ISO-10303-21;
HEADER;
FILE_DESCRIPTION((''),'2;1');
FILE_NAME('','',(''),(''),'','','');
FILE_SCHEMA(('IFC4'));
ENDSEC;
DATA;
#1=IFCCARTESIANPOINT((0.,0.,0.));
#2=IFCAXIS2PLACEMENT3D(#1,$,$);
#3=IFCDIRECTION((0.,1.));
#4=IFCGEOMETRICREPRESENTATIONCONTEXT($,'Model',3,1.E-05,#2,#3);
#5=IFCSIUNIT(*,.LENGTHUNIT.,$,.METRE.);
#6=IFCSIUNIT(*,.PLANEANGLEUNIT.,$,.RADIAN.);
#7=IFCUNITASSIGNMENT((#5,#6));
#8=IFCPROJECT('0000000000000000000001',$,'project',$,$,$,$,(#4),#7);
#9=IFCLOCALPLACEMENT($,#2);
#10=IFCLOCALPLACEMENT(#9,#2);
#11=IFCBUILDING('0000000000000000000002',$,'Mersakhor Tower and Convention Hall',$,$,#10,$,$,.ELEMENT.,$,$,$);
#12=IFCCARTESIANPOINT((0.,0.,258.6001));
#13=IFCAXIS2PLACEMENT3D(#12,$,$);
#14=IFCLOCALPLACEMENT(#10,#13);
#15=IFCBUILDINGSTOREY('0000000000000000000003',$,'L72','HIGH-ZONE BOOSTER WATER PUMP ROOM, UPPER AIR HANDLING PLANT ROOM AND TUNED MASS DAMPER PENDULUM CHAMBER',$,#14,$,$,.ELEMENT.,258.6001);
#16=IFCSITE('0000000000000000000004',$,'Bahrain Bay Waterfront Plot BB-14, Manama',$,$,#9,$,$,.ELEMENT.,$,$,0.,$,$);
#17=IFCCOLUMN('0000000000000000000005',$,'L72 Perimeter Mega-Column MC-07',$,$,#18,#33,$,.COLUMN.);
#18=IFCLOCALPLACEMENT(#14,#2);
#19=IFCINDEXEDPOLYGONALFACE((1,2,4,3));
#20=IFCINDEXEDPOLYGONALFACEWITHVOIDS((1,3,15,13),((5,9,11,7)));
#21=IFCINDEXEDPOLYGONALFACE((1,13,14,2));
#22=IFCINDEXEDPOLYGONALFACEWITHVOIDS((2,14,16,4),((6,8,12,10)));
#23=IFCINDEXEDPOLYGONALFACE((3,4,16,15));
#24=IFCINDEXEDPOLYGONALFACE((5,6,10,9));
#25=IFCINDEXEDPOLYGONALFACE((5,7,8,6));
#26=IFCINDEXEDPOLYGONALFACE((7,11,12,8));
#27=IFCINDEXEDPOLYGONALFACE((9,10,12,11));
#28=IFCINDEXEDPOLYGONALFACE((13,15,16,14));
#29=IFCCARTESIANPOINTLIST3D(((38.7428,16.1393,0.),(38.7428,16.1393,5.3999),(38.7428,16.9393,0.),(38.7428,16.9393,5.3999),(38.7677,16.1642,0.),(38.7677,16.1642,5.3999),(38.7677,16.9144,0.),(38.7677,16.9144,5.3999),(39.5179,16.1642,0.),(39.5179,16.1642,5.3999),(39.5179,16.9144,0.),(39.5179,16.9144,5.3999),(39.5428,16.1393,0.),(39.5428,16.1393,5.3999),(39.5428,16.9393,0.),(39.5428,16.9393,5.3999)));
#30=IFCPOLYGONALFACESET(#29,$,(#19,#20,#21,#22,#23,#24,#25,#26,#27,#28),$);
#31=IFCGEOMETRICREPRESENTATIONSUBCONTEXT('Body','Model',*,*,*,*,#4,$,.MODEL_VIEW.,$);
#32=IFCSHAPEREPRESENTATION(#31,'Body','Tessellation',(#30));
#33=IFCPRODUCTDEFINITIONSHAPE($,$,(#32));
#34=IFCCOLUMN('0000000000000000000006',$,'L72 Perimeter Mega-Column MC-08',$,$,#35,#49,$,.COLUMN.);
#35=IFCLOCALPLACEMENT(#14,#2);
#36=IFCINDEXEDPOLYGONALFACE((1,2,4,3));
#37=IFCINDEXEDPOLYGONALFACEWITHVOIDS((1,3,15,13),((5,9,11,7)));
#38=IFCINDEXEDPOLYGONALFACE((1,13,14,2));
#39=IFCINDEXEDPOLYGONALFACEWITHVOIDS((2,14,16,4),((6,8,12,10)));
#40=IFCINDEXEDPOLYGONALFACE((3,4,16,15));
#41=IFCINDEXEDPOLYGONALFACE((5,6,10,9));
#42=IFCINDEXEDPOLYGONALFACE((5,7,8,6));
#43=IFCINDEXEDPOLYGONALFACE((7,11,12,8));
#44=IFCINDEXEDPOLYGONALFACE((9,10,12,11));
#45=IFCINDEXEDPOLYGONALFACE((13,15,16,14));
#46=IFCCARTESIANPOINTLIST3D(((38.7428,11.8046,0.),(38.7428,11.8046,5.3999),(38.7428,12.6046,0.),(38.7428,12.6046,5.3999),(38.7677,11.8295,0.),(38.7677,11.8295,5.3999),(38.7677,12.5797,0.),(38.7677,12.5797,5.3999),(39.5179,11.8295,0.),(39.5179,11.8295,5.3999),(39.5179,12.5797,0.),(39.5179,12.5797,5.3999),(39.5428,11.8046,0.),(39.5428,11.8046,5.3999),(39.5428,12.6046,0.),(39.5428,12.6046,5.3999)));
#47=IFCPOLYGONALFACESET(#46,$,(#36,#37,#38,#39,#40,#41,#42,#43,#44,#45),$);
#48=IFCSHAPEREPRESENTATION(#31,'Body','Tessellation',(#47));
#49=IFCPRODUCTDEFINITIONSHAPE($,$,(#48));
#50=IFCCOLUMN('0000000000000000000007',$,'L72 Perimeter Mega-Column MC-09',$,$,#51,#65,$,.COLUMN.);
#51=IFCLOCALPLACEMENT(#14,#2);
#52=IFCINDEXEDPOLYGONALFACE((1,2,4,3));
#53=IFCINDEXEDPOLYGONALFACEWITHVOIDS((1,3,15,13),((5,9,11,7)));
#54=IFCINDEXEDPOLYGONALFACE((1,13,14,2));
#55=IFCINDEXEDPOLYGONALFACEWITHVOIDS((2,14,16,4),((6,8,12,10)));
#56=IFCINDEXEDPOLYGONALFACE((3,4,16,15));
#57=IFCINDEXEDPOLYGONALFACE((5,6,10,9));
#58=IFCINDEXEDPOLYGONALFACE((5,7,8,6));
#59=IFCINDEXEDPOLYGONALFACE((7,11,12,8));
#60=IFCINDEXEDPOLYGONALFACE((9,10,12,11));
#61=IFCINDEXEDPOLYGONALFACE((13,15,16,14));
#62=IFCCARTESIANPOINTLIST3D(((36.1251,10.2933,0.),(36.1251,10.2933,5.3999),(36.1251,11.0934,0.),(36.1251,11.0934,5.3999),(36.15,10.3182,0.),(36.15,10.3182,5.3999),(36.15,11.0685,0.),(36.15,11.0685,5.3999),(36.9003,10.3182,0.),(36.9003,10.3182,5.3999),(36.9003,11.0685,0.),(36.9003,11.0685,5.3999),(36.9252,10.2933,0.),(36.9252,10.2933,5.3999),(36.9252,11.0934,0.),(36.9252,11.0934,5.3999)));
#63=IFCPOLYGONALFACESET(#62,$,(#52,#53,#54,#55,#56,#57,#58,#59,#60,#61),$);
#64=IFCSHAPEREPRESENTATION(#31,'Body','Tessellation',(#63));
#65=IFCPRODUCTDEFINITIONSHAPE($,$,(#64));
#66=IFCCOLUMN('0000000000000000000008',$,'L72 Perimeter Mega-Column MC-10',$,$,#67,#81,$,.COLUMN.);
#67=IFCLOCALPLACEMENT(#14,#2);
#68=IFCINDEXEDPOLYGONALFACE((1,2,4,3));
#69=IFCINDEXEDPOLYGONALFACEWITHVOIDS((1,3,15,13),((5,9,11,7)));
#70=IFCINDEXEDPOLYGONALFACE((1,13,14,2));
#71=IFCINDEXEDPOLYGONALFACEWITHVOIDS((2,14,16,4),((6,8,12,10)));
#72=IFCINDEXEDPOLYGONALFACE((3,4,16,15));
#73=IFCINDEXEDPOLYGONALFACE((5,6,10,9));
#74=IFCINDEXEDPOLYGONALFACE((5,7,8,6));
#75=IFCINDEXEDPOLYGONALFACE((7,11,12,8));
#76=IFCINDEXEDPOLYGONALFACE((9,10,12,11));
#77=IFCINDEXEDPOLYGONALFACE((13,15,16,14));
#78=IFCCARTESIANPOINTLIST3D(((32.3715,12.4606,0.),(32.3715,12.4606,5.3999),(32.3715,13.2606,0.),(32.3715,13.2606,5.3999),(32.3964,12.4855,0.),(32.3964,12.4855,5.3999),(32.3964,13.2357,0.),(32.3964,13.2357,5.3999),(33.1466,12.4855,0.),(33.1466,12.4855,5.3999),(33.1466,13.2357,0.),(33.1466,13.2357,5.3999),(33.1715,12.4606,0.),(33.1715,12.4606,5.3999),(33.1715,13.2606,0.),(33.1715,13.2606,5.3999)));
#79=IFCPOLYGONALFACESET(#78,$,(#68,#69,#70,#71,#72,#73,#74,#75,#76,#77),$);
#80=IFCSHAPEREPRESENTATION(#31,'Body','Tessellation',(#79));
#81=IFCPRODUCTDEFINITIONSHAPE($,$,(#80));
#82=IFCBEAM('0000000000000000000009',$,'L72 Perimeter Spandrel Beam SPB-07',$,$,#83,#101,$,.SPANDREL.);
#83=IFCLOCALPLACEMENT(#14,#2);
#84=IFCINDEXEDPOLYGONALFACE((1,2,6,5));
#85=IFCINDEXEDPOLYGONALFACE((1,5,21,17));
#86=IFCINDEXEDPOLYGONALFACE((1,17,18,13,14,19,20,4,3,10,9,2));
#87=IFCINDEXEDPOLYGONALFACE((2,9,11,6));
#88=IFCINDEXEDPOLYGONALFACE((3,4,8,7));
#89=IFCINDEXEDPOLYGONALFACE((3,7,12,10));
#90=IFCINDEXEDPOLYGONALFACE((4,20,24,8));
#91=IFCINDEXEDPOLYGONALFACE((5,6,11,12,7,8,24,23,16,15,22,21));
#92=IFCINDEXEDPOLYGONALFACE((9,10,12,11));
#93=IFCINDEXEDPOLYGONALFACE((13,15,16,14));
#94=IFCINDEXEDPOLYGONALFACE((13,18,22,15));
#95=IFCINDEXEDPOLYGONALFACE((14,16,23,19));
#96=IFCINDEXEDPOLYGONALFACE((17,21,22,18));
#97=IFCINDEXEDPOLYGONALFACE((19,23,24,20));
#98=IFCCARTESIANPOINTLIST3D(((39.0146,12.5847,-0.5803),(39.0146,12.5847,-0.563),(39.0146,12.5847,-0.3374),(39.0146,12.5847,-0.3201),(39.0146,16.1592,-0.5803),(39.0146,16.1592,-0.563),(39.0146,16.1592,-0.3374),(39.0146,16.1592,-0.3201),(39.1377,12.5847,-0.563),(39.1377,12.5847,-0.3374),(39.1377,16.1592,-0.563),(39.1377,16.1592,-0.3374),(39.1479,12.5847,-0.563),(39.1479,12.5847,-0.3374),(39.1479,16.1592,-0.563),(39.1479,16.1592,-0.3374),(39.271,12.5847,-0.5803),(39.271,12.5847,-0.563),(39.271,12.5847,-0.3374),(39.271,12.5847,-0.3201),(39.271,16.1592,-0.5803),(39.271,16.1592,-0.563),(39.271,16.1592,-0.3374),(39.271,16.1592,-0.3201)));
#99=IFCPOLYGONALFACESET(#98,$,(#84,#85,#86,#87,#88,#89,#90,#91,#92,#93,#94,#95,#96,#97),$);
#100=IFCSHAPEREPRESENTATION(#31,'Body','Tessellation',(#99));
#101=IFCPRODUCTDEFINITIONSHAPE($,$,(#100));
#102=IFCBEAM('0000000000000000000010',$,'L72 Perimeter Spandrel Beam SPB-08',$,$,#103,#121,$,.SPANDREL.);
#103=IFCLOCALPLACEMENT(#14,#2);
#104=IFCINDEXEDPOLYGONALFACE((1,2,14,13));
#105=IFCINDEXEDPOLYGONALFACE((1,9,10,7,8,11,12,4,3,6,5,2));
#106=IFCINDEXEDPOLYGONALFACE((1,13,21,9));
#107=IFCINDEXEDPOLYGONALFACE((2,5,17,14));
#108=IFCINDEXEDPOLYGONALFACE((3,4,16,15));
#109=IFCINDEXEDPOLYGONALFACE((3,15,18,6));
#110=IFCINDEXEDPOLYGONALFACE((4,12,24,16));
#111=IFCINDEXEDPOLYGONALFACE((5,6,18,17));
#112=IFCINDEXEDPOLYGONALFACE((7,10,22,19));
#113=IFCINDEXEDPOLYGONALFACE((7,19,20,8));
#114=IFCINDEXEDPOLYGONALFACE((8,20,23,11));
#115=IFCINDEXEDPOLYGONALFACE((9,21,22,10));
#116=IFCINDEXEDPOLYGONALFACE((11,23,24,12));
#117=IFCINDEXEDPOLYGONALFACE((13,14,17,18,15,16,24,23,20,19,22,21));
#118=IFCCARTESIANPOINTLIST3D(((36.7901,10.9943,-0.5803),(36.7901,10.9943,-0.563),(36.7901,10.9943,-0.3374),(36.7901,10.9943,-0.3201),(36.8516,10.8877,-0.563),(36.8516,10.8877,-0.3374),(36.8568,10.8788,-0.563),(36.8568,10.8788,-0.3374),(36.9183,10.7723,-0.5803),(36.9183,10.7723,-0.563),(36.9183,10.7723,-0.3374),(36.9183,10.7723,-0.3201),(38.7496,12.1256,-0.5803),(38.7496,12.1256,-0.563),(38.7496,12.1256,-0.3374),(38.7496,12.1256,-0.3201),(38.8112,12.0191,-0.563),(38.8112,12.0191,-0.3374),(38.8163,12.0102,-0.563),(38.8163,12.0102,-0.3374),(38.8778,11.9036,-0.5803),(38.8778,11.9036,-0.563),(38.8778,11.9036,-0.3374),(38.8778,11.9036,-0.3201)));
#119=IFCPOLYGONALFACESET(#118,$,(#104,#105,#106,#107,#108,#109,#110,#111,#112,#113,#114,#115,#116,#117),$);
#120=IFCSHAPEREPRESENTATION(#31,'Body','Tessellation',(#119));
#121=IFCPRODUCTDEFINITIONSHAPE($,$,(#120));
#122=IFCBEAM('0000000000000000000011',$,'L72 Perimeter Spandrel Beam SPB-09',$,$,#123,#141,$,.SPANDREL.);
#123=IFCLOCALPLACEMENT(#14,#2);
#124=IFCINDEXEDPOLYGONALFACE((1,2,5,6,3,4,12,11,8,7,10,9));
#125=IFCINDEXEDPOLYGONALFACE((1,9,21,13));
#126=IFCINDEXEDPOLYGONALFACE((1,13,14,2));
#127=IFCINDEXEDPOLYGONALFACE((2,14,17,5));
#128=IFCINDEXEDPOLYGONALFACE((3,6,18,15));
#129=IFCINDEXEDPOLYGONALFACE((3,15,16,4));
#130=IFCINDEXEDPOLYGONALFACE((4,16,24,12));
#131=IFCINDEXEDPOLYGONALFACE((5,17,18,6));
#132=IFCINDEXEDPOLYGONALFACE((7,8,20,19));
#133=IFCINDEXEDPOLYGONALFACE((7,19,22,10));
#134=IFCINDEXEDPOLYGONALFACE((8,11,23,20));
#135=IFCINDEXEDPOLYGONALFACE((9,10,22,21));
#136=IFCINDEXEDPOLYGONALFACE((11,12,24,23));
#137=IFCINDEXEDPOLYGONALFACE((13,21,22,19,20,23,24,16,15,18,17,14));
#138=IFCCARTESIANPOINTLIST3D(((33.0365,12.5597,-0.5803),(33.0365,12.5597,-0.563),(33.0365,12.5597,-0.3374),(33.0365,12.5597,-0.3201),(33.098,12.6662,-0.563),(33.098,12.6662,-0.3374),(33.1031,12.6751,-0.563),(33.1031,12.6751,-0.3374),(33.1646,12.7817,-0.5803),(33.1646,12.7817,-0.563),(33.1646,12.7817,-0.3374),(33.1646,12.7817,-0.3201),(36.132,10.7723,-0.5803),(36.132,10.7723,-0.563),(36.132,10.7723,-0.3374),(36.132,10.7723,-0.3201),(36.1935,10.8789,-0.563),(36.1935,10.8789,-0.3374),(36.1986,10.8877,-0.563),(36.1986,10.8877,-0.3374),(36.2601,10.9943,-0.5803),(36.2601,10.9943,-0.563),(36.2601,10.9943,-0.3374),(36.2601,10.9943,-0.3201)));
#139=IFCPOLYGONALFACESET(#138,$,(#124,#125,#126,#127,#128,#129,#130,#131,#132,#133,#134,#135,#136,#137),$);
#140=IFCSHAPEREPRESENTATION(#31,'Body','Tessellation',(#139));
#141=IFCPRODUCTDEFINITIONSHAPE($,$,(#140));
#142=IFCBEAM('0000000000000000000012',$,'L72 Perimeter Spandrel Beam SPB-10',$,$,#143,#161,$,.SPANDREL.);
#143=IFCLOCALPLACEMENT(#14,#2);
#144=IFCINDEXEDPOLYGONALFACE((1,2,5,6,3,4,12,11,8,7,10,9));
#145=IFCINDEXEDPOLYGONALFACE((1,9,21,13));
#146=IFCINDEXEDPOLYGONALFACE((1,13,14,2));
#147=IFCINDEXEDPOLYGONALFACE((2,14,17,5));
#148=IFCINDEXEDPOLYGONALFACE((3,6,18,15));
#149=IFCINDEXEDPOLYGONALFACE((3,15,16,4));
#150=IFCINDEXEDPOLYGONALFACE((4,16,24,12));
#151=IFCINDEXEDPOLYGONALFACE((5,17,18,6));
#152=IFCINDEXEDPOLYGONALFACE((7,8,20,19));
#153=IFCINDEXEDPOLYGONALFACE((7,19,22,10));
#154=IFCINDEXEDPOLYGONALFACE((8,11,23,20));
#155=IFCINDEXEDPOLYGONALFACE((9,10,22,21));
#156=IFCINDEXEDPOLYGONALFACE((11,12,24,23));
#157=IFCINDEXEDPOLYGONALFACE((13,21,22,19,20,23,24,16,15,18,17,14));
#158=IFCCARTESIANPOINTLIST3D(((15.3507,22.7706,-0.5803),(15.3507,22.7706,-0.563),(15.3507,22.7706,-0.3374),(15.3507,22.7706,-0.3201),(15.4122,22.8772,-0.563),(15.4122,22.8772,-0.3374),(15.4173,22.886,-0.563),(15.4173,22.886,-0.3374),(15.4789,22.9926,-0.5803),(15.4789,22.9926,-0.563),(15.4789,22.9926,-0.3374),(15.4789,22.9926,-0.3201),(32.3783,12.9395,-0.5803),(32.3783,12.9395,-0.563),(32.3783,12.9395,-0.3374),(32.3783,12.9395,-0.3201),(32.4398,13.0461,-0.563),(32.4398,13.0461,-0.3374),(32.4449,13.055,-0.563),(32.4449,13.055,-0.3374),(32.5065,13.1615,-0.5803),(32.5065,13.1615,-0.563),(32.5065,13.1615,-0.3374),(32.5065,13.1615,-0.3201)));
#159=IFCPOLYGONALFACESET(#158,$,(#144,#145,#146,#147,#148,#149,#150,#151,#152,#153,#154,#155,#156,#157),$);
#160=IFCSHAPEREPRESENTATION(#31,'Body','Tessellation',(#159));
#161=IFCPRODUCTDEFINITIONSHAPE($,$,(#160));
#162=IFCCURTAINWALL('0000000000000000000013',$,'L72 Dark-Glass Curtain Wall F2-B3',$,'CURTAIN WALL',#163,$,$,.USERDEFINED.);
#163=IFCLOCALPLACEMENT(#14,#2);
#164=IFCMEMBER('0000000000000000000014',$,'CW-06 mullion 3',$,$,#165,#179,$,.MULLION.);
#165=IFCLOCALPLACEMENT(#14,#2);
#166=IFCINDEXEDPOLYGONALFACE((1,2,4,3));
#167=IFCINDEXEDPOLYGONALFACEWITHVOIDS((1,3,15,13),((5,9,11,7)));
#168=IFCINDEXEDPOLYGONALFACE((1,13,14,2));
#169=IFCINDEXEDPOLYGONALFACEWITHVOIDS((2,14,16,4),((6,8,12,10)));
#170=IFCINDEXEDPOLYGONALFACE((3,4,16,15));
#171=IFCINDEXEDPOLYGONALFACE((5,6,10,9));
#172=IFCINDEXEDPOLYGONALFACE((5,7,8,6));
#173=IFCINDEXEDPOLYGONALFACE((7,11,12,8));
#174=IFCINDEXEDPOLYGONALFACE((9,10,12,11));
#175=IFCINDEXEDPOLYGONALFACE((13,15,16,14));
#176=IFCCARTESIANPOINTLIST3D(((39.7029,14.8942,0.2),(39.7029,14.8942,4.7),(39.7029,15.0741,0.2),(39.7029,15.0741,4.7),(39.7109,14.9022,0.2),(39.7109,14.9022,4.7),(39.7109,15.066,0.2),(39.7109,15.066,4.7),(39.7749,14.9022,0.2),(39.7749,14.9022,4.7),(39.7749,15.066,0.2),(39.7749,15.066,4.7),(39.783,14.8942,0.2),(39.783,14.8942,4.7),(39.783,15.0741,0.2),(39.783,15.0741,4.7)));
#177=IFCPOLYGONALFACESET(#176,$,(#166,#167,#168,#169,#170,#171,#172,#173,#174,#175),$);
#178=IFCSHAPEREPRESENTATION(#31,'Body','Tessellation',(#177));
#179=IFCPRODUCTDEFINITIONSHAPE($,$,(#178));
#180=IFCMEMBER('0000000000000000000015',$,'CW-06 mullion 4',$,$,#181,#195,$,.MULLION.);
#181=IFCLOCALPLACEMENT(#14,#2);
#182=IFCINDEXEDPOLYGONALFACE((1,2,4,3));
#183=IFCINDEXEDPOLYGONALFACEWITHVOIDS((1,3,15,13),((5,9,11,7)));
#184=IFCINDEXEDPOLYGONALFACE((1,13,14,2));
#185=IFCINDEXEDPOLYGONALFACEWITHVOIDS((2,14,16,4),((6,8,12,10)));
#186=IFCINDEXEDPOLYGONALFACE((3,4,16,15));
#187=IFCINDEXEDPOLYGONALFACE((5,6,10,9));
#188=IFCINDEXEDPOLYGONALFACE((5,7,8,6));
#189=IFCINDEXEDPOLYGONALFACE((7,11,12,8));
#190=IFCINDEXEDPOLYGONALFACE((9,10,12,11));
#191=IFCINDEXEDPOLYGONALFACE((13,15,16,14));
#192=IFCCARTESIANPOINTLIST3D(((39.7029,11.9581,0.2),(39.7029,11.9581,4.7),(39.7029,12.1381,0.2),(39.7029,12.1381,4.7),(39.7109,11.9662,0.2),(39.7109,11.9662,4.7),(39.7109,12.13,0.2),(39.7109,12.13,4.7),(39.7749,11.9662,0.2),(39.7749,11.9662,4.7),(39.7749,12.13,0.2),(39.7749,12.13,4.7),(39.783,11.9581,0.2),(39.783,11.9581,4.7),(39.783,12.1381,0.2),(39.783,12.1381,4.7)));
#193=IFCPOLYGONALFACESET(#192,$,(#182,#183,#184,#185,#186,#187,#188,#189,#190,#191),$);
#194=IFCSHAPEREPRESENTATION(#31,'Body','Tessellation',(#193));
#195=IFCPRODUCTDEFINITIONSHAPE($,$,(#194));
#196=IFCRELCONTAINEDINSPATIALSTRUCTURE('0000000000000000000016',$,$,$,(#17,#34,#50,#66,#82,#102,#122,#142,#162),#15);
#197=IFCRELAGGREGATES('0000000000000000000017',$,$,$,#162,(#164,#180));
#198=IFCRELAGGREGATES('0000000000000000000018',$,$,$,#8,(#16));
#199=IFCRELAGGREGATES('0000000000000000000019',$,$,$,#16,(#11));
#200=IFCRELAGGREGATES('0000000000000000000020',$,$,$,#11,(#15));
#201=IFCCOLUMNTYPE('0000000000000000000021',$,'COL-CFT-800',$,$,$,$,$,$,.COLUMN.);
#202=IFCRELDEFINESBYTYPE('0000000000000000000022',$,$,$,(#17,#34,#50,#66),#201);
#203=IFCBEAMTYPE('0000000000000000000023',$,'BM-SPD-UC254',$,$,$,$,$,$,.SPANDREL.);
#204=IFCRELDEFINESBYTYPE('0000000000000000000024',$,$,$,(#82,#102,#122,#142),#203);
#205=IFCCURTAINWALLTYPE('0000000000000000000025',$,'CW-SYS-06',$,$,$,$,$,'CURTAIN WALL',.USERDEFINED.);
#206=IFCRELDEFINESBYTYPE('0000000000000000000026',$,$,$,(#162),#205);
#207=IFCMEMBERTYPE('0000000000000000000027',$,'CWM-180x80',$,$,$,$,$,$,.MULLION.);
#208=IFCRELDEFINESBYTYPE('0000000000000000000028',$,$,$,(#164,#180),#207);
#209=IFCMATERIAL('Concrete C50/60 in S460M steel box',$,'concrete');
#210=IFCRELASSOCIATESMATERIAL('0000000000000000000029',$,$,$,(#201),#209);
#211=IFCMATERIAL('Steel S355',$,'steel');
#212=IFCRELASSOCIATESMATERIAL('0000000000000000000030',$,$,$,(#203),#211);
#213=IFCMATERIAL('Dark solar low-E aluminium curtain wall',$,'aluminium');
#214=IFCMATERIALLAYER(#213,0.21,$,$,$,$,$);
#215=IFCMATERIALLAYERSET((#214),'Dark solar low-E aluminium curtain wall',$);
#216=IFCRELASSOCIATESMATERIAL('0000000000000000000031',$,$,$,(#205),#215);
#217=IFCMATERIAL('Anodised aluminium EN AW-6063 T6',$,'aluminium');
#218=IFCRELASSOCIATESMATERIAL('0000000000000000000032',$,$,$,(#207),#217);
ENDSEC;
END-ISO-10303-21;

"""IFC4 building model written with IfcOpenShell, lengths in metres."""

from ifc_helpers import new_model, si_unit, direction, frame, origin, origin_2d, place, context, subcontext, project, spatial, hollow_rectangle, i_section, extrude, material, layer, layer_set, material_profile, profile_set, type_object, element, aggregate, save


model = new_model("IFC4")

# Units and contexts
model_context = context("Model", 3, precision=1e-05, world=origin(), true_north=direction((0.0, 1.0)))
body_context = subcontext(model_context, "Body", "Model", "MODEL_VIEW")
ifc_project = project(units=[si_unit("LENGTHUNIT", "METRE"), si_unit("PLANEANGLEUNIT", "RADIAN")], contexts=[model_context])

# Site, building, storey
site_placement = place(None, origin())
site = spatial("IfcSite", under=ifc_project, at=site_placement, Name="Bahrain Bay Waterfront Plot BB-14, Manama", CompositionType="ELEMENT", RefElevation=0.0)
building_placement = place(site_placement, origin())
building = spatial("IfcBuilding", under=site, at=building_placement, Name="Mersakhor Tower and Convention Hall", CompositionType="ELEMENT")
storey_placement = place(building_placement, frame((0.0, 0.0, 258.6001)))
storey = spatial("IfcBuildingStorey", under=building, at=storey_placement, Name="L72", Description="HIGH-ZONE BOOSTER WATER PUMP ROOM, UPPER AIR HANDLING PLANT ROOM AND TUNED MASS DAMPER PENDULUM CHAMBER", CompositionType="ELEMENT", Elevation=258.6001)

# Columns
ifc_material_1 = material(Name="Concrete C50/60 in S460M steel box", Category="concrete")
ifc_material_profile_1 = material_profile(ifc_material_1, hollow_rectangle(XDim=0.8, YDim=0.8, WallThickness=0.0249, at=origin_2d()), Name="SHS 800x800x25")
ifc_profile_set_1 = profile_set([ifc_material_profile_1], Name="Concrete C50/60 in S460M steel box")
column_type = type_object("IfcColumnType", Name="COL-CFT-800", PredefinedType="COLUMN", material=ifc_profile_set_1)
for number, where, z_axis, x_axis, name in (
    (1, (39.1428, 16.5393, 0.0), (0.0, 0.0, 1.0), (1.0, 0.0, 0.0), "L72 Perimeter Mega-Column MC-07"),
    (2, (39.1428, 12.2046, 0.0), (0.0, 0.0, 1.0), (1.0, 0.0, 0.0), "L72 Perimeter Mega-Column MC-08"),
    (3, (36.5251, 10.6934, 0.0), (0.0, 0.0, 1.0), (1.0, 0.0, 0.0), "L72 Perimeter Mega-Column MC-09"),
    (4, (32.7715, 12.8606, 0.0), (0.0, 0.0, 1.0), (1.0, 0.0, 0.0), "L72 Perimeter Mega-Column MC-10"),
):
    element("IfcColumn", number, at=place(storey_placement, frame(where, z_axis=z_axis, x_axis=x_axis)), inside=storey, type_object=column_type, Name=name, PredefinedType="COLUMN", context=body_context, shape_type="SweptSolid", body=[
        extrude(hollow_rectangle(XDim=0.8, YDim=0.8, WallThickness=0.0249, at=origin_2d()), origin(), (0.0, 0.0, 1.0), 5.3999),
    ])

# Beams
ifc_material_2 = material(Name="Steel S355", Category="steel")
ifc_material_profile_2 = material_profile(ifc_material_2, i_section(OverallWidth=0.2563, OverallDepth=0.2603, WebThickness=0.0103, FlangeThickness=0.0173, at=origin_2d()), Name="UC 254x254x89")
ifc_profile_set_2 = profile_set([ifc_material_profile_2], Name="Steel S355")
beam_type = type_object("IfcBeamType", Name="BM-SPD-UC254", PredefinedType="SPANDREL", material=ifc_profile_set_2)
beam_1_placement = place(storey_placement, frame((39.1428, 16.1592, -0.4502), z_axis=(0.0, -1.0, 0.0), x_axis=(1.0, 0.0, 0.0)))
element("IfcBeam", 5, at=beam_1_placement, inside=storey, type_object=beam_type, Name="L72 Perimeter Spandrel Beam SPB-07", PredefinedType="SPANDREL", context=body_context, shape_type="SweptSolid", body=[
    extrude(i_section(OverallWidth=0.2563, OverallDepth=0.2603, WebThickness=0.0103, FlangeThickness=0.0173, at=origin_2d()), origin(), (0.0, 0.0, 1.0), 3.5745),
])
beam_2_placement = place(storey_placement, frame((38.8137, 12.0146, -0.4502), z_axis=(-0.866017, -0.500015, 0.0), x_axis=(0.500015, -0.866017, 0.0)))
element("IfcBeam", 6, at=beam_2_placement, inside=storey, type_object=beam_type, Name="L72 Perimeter Spandrel Beam SPB-08", PredefinedType="SPANDREL", context=body_context, shape_type="SweptSolid", body=[
    extrude(i_section(OverallWidth=0.2563, OverallDepth=0.2603, WebThickness=0.0103, FlangeThickness=0.0173, at=origin_2d()), origin(), (0.0, 0.0, 1.0), 2.2627),
])
beam_3_placement = place(storey_placement, frame((36.196, 10.8833, -0.4502), z_axis=(-0.866002, 0.50004, 0.0), x_axis=(-0.50004, -0.866002, 0.0)))
element("IfcBeam", 7, at=beam_3_placement, inside=storey, type_object=beam_type, Name="L72 Perimeter Spandrel Beam SPB-09", PredefinedType="SPANDREL", context=body_context, shape_type="SweptSolid", body=[
    extrude(i_section(OverallWidth=0.2563, OverallDepth=0.2603, WebThickness=0.0103, FlangeThickness=0.0173, at=origin_2d()), origin(), (0.0, 0.0, 1.0), 3.5745),
])
beam_4_placement = place(storey_placement, frame((32.4424, 13.0505, -0.4502), z_axis=(-0.866022, 0.500007, 0.0), x_axis=(-0.500007, -0.866022, 0.0)))
element("IfcBeam", 8, at=beam_4_placement, inside=storey, type_object=beam_type, Name="L72 Perimeter Spandrel Beam SPB-10", PredefinedType="SPANDREL", context=body_context, shape_type="SweptSolid", body=[
    extrude(i_section(OverallWidth=0.2563, OverallDepth=0.2603, WebThickness=0.0103, FlangeThickness=0.0173, at=origin_2d()), origin(), (0.0, 0.0, 1.0), 19.6619),
])

# Curtain wall, members
ifc_material_3 = material(Name="Dark solar low-E aluminium curtain wall", Category="aluminium")
ifc_layer_1 = layer(ifc_material_3, 0.21)
ifc_layer_set_1 = layer_set([ifc_layer_1], Name="Dark solar low-E aluminium curtain wall")
curtain_wall_type = type_object("IfcCurtainWallType", Name="CW-SYS-06", ElementType="CURTAIN WALL", PredefinedType="USERDEFINED", material=ifc_layer_set_1)
curtain_wall_1_placement = place(storey_placement, origin())
curtain_wall_1 = element("IfcCurtainWall", 9, at=curtain_wall_1_placement, inside=storey, type_object=curtain_wall_type, Name="L72 Dark-Glass Curtain Wall F2-B3", ObjectType="CURTAIN WALL", PredefinedType="USERDEFINED")
ifc_material_4 = material(Name="Anodised aluminium EN AW-6063 T6", Category="aluminium")
ifc_material_profile_3 = material_profile(ifc_material_4, hollow_rectangle(XDim=0.0801, YDim=0.1799, WallThickness=0.0081, at=origin_2d()), Name="RHS 180x80x8")
ifc_profile_set_3 = profile_set([ifc_material_profile_3], Name="Anodised aluminium EN AW-6063 T6")
member_type_1 = type_object("IfcMemberType", Name="CWM-180x80", PredefinedType="MULLION", material=ifc_profile_set_3)
member_1_placement = place(storey_placement, frame((39.7429, 14.9841, 0.2), z_axis=(0.0, 0.0, 1.0), x_axis=(1.0, 0.0, 0.0)))
member_1 = element("IfcMember", 10, at=member_1_placement, type_object=member_type_1, Name="CW-06 mullion 3", PredefinedType="MULLION", context=body_context, shape_type="SweptSolid", body=[
    extrude(hollow_rectangle(XDim=0.0801, YDim=0.1799, WallThickness=0.0081, at=origin_2d()), origin(), (0.0, 0.0, 1.0), 4.5),
])
member_2_placement = place(storey_placement, frame((39.7429, 12.0481, 0.2), z_axis=(0.0, 0.0, 1.0), x_axis=(1.0, 0.0, 0.0)))
member_2 = element("IfcMember", 11, at=member_2_placement, type_object=member_type_1, Name="CW-06 mullion 4", PredefinedType="MULLION", context=body_context, shape_type="SweptSolid", body=[
    extrude(hollow_rectangle(XDim=0.0801, YDim=0.1799, WallThickness=0.0081, at=origin_2d()), origin(), (0.0, 0.0, 1.0), 4.5),
])

aggregate(curtain_wall_1, [member_1, member_2])

save(model, "model.ifc")
